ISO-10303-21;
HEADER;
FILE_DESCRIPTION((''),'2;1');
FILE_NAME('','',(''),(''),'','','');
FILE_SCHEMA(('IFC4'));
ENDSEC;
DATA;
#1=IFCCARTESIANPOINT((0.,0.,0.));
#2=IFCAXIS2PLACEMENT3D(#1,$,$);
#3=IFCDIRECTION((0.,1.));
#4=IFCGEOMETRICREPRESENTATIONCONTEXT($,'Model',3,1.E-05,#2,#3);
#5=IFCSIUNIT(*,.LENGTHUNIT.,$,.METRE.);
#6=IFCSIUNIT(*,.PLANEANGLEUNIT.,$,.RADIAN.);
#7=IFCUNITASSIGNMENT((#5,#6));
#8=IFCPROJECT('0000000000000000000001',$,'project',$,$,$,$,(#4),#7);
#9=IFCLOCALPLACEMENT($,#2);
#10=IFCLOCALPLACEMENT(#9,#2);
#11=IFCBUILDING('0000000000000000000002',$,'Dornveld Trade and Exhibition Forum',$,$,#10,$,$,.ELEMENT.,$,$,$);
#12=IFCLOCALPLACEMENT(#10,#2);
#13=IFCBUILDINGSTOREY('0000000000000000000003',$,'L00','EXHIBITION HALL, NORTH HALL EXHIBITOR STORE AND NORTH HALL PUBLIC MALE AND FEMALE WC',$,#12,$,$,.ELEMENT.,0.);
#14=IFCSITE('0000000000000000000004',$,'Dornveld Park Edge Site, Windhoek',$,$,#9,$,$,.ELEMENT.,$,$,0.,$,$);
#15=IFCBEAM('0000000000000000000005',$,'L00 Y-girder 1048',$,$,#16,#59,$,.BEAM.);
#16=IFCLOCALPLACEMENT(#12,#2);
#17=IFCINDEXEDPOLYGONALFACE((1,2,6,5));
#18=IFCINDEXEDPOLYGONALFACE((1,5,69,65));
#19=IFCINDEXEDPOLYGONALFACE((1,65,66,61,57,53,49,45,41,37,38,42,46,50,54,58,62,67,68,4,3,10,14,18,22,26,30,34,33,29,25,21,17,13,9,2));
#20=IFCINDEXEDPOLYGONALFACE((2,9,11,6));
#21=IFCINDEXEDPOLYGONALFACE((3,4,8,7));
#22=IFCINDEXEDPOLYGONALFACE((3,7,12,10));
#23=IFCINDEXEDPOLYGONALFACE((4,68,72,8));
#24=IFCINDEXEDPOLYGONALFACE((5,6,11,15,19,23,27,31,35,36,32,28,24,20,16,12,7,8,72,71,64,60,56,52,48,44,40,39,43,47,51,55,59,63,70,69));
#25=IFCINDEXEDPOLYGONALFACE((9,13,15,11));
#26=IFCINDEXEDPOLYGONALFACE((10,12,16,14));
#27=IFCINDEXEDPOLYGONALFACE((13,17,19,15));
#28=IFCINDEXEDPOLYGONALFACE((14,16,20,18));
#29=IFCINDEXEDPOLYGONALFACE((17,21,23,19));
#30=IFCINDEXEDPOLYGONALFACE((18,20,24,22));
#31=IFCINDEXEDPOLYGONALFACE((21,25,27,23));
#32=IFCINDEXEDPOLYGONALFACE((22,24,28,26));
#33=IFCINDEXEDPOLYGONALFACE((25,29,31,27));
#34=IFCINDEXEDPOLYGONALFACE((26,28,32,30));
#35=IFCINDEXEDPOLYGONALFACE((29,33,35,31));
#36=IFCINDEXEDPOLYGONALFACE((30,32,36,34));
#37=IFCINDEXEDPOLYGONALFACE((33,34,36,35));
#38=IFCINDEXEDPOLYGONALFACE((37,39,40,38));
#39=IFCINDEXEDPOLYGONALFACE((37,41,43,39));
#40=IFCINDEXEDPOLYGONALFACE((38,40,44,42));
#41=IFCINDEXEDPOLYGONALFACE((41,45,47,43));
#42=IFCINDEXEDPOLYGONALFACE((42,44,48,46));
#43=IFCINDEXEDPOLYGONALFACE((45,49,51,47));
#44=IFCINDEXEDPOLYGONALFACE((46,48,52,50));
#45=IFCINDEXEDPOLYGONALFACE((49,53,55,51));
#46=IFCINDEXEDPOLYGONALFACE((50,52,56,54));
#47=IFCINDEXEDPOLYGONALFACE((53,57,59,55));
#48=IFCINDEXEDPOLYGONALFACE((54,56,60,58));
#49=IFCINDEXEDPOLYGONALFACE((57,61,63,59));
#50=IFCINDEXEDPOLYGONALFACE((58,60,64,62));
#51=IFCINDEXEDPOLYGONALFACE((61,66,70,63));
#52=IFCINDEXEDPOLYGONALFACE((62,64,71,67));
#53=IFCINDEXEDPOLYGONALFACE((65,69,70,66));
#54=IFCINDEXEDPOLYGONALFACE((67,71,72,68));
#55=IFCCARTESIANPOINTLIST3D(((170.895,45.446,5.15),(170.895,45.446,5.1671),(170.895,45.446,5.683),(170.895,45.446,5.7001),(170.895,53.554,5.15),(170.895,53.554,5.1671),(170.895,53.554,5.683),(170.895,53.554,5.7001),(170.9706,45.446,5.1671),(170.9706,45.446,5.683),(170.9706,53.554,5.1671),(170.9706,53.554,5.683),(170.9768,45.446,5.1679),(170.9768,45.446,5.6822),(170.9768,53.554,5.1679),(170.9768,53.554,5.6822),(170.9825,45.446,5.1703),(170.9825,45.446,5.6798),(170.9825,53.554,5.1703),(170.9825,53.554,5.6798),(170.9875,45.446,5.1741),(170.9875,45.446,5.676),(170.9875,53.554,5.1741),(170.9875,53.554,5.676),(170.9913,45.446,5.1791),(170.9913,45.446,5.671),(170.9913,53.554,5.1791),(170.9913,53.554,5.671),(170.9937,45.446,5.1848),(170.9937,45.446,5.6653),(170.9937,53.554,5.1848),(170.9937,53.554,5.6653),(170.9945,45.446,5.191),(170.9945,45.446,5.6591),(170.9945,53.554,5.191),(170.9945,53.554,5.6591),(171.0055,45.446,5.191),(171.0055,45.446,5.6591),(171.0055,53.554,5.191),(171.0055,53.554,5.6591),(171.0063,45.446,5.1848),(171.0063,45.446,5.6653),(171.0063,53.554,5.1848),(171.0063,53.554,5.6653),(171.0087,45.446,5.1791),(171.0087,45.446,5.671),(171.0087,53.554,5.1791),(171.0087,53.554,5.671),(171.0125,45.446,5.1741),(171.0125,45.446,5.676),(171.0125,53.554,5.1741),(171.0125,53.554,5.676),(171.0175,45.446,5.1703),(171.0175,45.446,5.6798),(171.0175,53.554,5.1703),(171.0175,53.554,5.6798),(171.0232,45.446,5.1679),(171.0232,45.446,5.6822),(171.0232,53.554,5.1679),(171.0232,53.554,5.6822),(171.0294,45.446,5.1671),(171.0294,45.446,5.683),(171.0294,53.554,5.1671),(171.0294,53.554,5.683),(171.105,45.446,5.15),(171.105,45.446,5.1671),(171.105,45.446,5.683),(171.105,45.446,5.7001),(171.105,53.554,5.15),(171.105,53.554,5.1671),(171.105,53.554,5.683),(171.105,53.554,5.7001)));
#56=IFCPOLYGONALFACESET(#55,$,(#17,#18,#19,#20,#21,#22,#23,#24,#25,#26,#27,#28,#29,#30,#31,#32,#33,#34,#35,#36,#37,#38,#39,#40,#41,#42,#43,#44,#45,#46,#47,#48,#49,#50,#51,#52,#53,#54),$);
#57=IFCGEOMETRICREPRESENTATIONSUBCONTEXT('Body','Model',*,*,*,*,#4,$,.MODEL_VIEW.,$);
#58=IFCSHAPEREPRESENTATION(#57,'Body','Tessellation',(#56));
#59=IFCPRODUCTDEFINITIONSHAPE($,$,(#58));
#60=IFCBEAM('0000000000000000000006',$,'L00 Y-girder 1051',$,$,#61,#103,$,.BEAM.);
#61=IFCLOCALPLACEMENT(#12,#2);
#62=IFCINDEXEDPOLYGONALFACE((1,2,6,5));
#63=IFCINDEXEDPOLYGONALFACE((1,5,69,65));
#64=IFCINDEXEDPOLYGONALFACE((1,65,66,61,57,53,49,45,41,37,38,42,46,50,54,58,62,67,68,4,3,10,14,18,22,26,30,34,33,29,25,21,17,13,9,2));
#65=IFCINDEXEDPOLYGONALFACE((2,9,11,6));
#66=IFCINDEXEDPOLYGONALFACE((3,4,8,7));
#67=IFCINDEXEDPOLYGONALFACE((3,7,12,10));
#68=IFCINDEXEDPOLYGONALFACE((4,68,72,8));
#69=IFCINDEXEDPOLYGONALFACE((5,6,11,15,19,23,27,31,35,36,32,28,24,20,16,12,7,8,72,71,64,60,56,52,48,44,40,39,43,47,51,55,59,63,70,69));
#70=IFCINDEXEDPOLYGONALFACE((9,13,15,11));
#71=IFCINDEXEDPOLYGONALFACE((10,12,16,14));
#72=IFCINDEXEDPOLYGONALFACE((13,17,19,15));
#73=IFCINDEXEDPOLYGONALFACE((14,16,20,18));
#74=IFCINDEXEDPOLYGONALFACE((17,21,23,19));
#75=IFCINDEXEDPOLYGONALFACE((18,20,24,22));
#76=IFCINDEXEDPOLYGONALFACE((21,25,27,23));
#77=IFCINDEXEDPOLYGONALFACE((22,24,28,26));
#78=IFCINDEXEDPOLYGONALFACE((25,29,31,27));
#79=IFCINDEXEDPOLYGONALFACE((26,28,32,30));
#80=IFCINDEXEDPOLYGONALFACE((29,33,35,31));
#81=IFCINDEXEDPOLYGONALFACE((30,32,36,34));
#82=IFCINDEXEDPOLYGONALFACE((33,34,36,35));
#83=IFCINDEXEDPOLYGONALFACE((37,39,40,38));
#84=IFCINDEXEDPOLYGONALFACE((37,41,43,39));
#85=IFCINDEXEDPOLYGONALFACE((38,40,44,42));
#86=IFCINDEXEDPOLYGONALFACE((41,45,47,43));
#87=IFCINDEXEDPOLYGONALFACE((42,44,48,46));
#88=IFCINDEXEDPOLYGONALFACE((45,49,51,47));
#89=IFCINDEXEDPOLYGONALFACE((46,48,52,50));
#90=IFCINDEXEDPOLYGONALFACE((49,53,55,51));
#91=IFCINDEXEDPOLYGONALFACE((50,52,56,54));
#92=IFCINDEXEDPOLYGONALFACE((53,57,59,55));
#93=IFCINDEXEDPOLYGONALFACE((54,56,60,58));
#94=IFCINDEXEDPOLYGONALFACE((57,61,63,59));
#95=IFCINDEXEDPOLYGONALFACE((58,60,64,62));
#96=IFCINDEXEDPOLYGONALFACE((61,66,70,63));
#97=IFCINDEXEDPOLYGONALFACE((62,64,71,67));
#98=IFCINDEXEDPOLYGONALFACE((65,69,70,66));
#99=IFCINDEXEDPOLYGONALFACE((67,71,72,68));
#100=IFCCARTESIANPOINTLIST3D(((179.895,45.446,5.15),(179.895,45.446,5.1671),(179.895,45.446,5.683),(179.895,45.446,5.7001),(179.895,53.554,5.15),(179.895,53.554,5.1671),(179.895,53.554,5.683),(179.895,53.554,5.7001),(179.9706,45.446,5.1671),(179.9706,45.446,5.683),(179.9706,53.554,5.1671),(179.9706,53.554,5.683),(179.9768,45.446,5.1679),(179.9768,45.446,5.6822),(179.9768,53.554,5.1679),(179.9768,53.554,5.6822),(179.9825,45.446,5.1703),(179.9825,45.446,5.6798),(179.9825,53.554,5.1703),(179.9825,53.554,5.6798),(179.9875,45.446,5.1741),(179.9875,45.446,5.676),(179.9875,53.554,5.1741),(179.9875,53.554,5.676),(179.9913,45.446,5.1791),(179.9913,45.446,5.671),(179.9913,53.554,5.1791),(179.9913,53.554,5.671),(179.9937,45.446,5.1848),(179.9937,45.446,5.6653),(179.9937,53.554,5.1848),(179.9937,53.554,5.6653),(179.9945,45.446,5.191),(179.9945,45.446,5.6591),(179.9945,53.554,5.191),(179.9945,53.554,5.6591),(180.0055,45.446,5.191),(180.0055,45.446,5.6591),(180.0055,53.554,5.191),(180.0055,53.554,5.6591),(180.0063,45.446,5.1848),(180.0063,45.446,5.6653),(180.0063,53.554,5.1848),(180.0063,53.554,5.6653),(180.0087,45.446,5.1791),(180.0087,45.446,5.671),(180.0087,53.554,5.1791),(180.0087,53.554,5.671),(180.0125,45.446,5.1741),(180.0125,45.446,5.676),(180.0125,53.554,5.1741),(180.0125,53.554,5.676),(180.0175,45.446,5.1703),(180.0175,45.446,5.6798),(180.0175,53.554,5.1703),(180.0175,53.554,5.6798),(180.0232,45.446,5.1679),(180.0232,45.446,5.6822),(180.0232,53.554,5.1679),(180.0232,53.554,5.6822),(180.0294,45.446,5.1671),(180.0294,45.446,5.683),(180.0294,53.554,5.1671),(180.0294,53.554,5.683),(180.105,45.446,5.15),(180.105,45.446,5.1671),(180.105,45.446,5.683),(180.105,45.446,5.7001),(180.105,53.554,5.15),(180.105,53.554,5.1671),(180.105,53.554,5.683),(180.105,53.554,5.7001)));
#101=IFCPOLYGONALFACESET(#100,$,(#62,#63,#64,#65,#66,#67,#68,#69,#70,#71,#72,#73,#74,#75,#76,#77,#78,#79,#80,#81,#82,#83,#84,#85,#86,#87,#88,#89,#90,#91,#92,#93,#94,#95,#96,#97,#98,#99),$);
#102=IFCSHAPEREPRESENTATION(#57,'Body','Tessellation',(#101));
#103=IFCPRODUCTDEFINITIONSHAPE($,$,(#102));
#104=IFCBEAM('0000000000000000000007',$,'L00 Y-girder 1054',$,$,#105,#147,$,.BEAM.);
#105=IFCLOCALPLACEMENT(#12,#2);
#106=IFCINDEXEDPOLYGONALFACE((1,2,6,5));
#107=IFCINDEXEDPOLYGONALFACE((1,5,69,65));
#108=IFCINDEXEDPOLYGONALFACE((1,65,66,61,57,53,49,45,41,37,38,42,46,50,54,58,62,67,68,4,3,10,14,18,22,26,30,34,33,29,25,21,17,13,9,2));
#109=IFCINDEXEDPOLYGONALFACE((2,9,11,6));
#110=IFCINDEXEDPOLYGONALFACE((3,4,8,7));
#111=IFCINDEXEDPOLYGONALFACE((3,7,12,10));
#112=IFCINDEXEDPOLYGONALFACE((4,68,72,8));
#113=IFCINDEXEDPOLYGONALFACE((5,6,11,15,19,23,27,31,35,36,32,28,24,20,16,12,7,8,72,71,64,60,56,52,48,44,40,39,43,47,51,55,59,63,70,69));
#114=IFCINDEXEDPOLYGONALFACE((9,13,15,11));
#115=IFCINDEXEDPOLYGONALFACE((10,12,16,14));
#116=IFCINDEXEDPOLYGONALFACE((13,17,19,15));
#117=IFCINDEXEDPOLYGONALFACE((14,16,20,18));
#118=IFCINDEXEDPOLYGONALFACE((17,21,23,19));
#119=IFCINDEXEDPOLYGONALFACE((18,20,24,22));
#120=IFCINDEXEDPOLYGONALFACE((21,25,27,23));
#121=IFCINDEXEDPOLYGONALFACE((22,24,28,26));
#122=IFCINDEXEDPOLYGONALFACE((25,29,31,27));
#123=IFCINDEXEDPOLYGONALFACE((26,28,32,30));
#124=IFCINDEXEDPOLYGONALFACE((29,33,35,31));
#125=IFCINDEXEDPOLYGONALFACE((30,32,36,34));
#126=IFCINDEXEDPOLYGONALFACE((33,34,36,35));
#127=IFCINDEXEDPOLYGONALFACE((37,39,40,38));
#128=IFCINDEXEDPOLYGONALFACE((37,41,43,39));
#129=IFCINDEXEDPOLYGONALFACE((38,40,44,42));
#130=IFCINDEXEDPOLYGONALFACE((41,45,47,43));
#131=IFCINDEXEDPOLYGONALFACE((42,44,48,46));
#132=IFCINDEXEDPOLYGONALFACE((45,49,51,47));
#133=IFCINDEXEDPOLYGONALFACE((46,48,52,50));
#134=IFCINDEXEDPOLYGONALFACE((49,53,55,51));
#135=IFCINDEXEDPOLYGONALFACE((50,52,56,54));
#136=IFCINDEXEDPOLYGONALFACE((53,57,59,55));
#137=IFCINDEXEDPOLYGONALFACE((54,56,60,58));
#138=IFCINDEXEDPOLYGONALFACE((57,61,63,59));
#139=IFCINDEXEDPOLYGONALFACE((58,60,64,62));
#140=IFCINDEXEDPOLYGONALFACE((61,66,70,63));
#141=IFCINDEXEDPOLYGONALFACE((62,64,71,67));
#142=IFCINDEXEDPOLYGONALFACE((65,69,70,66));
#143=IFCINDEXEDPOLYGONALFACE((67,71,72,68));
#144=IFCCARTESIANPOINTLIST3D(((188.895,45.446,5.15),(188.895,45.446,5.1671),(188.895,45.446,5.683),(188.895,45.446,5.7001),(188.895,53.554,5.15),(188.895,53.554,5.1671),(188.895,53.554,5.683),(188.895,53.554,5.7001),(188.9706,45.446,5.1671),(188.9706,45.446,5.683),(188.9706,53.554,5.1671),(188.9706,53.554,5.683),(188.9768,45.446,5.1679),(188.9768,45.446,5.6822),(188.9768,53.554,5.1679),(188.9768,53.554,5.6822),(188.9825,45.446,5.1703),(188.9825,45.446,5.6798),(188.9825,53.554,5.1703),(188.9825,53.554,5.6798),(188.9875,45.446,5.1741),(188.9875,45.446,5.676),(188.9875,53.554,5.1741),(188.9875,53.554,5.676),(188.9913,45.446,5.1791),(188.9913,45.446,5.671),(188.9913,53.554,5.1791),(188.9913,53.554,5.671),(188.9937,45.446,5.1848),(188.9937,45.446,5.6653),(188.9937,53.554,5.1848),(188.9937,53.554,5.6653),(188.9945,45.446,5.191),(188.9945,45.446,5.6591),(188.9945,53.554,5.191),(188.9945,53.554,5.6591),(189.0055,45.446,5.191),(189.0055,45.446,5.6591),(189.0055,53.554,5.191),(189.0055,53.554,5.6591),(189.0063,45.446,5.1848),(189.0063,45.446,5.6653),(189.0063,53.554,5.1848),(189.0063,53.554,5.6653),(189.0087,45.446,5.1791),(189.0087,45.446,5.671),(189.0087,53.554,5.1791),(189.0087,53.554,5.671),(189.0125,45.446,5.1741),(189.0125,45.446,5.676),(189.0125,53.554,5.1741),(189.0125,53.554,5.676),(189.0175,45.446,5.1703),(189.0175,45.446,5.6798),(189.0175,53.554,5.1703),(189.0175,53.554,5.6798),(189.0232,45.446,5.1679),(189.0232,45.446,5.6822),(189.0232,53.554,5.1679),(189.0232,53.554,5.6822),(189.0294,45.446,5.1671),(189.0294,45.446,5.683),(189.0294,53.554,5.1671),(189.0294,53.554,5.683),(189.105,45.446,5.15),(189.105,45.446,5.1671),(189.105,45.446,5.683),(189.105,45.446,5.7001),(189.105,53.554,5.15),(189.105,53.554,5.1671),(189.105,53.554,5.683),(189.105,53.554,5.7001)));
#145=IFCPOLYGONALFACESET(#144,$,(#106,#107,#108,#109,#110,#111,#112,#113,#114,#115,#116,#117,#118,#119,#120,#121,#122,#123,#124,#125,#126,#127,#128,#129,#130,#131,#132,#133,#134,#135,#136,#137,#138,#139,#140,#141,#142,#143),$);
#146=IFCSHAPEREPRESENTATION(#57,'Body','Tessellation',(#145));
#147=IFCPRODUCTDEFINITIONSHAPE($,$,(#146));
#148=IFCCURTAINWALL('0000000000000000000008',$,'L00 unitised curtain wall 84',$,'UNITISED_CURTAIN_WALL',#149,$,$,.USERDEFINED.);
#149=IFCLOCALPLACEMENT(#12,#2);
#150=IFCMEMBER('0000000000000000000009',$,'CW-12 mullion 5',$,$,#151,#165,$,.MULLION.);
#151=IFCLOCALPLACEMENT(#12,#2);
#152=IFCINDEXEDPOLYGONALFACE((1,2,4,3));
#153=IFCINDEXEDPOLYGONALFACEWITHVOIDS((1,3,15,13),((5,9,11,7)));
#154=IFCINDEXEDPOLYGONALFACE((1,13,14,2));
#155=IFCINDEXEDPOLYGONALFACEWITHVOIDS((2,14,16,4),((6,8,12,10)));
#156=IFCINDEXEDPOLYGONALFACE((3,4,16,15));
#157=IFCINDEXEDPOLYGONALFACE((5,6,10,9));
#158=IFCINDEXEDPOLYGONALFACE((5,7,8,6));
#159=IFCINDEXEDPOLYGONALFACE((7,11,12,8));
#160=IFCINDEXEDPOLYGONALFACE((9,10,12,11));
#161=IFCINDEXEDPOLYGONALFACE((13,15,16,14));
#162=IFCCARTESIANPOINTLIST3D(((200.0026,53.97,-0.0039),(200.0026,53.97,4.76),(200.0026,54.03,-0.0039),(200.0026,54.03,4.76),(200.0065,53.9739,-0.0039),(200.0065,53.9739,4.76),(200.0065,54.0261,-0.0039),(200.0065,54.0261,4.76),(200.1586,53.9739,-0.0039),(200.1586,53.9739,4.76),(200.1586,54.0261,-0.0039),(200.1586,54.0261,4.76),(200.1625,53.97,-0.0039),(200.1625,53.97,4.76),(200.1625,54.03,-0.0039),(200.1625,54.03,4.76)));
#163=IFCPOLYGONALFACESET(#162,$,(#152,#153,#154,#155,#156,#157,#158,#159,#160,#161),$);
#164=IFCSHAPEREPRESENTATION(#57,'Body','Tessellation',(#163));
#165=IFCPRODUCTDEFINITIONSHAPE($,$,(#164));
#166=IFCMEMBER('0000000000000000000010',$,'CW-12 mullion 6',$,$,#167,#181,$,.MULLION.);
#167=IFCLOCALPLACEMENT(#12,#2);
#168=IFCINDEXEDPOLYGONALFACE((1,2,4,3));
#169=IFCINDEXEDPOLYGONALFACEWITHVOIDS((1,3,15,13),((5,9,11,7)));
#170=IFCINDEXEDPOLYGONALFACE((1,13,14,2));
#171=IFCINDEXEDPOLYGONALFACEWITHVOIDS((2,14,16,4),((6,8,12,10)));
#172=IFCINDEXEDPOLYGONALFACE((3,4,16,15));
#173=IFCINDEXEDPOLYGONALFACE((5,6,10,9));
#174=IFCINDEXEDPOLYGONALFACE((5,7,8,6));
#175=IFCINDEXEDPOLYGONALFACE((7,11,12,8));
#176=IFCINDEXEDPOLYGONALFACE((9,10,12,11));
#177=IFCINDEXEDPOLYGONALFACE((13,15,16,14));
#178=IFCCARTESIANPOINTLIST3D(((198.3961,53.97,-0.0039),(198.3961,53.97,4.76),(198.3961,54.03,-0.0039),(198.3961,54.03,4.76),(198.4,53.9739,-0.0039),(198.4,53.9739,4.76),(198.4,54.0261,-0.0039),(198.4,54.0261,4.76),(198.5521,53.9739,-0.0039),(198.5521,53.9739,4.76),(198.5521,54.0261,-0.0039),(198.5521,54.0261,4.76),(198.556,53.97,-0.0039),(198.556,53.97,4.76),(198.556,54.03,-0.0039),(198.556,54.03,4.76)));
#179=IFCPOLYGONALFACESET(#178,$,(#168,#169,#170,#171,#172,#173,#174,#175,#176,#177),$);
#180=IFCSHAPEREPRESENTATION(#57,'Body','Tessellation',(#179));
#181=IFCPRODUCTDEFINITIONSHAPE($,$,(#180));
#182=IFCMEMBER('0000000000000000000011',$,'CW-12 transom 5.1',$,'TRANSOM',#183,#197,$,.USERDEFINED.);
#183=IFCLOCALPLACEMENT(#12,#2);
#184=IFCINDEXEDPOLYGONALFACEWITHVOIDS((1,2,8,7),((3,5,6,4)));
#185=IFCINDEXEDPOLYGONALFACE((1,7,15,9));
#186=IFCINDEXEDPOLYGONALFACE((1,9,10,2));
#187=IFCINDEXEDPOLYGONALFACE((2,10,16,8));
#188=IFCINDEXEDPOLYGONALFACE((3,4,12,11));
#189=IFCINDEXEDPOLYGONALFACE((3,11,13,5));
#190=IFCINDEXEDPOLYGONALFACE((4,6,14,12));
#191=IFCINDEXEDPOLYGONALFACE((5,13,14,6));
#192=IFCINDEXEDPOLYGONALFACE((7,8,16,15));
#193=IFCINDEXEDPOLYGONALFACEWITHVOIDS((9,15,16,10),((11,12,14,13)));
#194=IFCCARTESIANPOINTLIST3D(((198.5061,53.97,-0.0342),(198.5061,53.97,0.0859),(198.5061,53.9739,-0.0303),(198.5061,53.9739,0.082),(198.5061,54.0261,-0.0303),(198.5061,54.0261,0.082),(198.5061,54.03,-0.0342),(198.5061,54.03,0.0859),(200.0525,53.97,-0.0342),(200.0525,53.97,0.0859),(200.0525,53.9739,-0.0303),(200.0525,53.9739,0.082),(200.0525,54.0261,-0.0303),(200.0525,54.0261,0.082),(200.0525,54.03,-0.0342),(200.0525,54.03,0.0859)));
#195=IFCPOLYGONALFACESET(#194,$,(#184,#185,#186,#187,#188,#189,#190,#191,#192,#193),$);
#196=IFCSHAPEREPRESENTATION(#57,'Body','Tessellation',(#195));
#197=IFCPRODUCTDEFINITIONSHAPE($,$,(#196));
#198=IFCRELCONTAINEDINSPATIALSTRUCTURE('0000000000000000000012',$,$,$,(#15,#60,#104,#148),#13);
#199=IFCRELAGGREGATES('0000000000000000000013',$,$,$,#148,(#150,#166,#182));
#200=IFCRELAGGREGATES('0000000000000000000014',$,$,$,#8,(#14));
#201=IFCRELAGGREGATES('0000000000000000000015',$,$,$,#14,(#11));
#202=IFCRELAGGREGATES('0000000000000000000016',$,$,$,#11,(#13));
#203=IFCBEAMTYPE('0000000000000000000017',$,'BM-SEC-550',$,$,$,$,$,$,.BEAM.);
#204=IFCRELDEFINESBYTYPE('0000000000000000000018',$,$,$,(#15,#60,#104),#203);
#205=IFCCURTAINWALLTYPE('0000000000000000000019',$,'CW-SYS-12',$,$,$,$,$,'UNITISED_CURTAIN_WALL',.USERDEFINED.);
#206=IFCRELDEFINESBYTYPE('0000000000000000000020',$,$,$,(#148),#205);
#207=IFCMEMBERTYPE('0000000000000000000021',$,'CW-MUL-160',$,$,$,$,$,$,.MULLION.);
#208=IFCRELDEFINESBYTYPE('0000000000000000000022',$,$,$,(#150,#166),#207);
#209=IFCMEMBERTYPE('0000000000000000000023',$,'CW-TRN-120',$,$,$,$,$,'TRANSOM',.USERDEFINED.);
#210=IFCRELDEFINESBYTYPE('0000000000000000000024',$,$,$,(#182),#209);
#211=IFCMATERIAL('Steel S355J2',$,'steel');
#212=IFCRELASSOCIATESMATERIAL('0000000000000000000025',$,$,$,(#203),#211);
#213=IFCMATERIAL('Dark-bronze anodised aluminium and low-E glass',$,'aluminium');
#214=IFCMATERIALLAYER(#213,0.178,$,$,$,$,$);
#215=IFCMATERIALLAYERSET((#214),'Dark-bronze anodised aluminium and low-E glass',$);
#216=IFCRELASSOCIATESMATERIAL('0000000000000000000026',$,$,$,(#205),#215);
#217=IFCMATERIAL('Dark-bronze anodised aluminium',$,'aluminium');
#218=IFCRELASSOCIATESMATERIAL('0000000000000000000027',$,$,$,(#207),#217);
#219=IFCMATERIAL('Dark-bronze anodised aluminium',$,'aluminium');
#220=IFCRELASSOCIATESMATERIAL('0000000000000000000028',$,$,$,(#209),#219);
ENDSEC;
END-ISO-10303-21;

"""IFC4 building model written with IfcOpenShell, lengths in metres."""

from ifc_helpers import new_model, si_unit, direction, frame, origin, origin_2d, place, context, subcontext, project, spatial, hollow_rectangle, i_section, extrude, material, layer, layer_set, material_profile, profile_set, type_object, element, aggregate, save


model = new_model("IFC4")

# Units and contexts
model_context = context("Model", 3, precision=1e-05, world=origin(), true_north=direction((0.0, 1.0)))
body_context = subcontext(model_context, "Body", "Model", "MODEL_VIEW")
ifc_project = project(units=[si_unit("LENGTHUNIT", "METRE"), si_unit("PLANEANGLEUNIT", "RADIAN")], contexts=[model_context])

# Site, building, storey
site_placement = place(None, origin())
site = spatial("IfcSite", under=ifc_project, at=site_placement, Name="Dornveld Park Edge Site, Windhoek", CompositionType="ELEMENT", RefElevation=0.0)
building_placement = place(site_placement, origin())
building = spatial("IfcBuilding", under=site, at=building_placement, Name="Dornveld Trade and Exhibition Forum", CompositionType="ELEMENT")
storey_placement = place(building_placement, origin())
storey = spatial("IfcBuildingStorey", under=building, at=storey_placement, Name="L00", Description="EXHIBITION HALL, NORTH HALL EXHIBITOR STORE AND NORTH HALL PUBLIC MALE AND FEMALE WC", CompositionType="ELEMENT", Elevation=0.0)

# Beams
ifc_material_1 = material(Name="Steel S355J2", Category="steel")
ifc_material_profile_1 = material_profile(ifc_material_1, i_section(OverallWidth=0.21, OverallDepth=0.55, WebThickness=0.011, FlangeThickness=0.0171, FilletRadius=0.0239, at=origin_2d()), Name="IPE 550")
ifc_profile_set_1 = profile_set([ifc_material_profile_1], Name="Steel S355J2")
beam_type_1 = type_object("IfcBeamType", Name="BM-SEC-550", PredefinedType="BEAM", material=ifc_profile_set_1)
for number, where, z_axis, x_axis, name in (
    (1, (171.0, 45.446, 5.425), (0.0, 1.0, 0.0), (-1.0, 0.0, 0.0), "L00 Y-girder 1048"),
    (2, (180.0, 45.446, 5.425), (0.0, 1.0, 0.0), (-1.0, 0.0, 0.0), "L00 Y-girder 1051"),
    (3, (189.0, 45.446, 5.425), (0.0, 1.0, 0.0), (-1.0, 0.0, 0.0), "L00 Y-girder 1054"),
):
    element("IfcBeam", number, at=place(storey_placement, frame(where, z_axis=z_axis, x_axis=x_axis)), inside=storey, type_object=beam_type_1, Name=name, PredefinedType="BEAM", context=body_context, shape_type="SweptSolid", body=[
        extrude(i_section(OverallWidth=0.21, OverallDepth=0.55, WebThickness=0.011, FlangeThickness=0.0171, FilletRadius=0.0239, at=origin_2d()), origin(), (0.0, 0.0, 1.0), 8.1079),
    ])

# Curtain wall, members
ifc_material_2 = material(Name="Dark-bronze anodised aluminium and low-E glass", Category="aluminium")
ifc_layer_1 = layer(ifc_material_2, 0.178)
ifc_layer_set_1 = layer_set([ifc_layer_1], Name="Dark-bronze anodised aluminium and low-E glass")
curtain_wall_type = type_object("IfcCurtainWallType", Name="CW-SYS-12", ElementType="UNITISED_CURTAIN_WALL", PredefinedType="USERDEFINED", material=ifc_layer_set_1)
curtain_wall_placement = place(storey_placement, origin())
curtain_wall = element("IfcCurtainWall", 4, at=curtain_wall_placement, inside=storey, type_object=curtain_wall_type, Name="L00 unitised curtain wall 84", ObjectType="UNITISED_CURTAIN_WALL", PredefinedType="USERDEFINED")
ifc_material_3 = material(Name="Dark-bronze anodised aluminium", Category="aluminium")
ifc_material_profile_2 = material_profile(ifc_material_3, hollow_rectangle(XDim=0.0601, YDim=0.1599, WallThickness=0.0039, at=origin_2d()), Name="RHS 160x60x4")
ifc_profile_set_2 = profile_set([ifc_material_profile_2], Name="Dark-bronze anodised aluminium")
member_type_1 = type_object("IfcMemberType", Name="CW-MUL-160", PredefinedType="MULLION", material=ifc_profile_set_2)
member_1_placement = place(storey_placement, frame((200.0825, 54.0, -0.0039), z_axis=(0.0, 0.0, 1.0), x_axis=(0.0, -1.0, 0.0)))
member_1 = element("IfcMember", 5, at=member_1_placement, type_object=member_type_1, Name="CW-12 mullion 5", PredefinedType="MULLION", context=body_context, shape_type="SweptSolid", body=[
    extrude(hollow_rectangle(XDim=0.0601, YDim=0.1599, WallThickness=0.0039, at=origin_2d()), origin(), (0.0, 0.0, 1.0), 4.7639),
])
member_2_placement = place(storey_placement, frame((198.4761, 54.0, -0.0039), z_axis=(0.0, 0.0, 1.0), x_axis=(0.0, -1.0, 0.0)))
member_2 = element("IfcMember", 6, at=member_2_placement, type_object=member_type_1, Name="CW-12 mullion 6", PredefinedType="MULLION", context=body_context, shape_type="SweptSolid", body=[
    extrude(hollow_rectangle(XDim=0.0601, YDim=0.1599, WallThickness=0.0039, at=origin_2d()), origin(), (0.0, 0.0, 1.0), 4.7639),
])
ifc_material_4 = material(Name="Dark-bronze anodised aluminium", Category="aluminium")
ifc_material_profile_3 = material_profile(ifc_material_4, hollow_rectangle(XDim=0.0601, YDim=0.1201, WallThickness=0.0039, at=origin_2d()), Name="RHS 120x60x4")
ifc_profile_set_3 = profile_set([ifc_material_profile_3], Name="Dark-bronze anodised aluminium")
member_type_2 = type_object("IfcMemberType", Name="CW-TRN-120", ElementType="TRANSOM", PredefinedType="USERDEFINED", material=ifc_profile_set_3)
member_3_placement = place(storey_placement, frame((200.0525, 54.0, 0.0259), z_axis=(-1.0, 0.0, 0.0), x_axis=(0.0, -1.0, 0.0)))
member_3 = element("IfcMember", 7, at=member_3_placement, type_object=member_type_2, Name="CW-12 transom 5.1", ObjectType="TRANSOM", PredefinedType="USERDEFINED", context=body_context, shape_type="SweptSolid", body=[
    extrude(hollow_rectangle(XDim=0.0601, YDim=0.1201, WallThickness=0.0039, at=origin_2d()), origin(), (0.0, 0.0, 1.0), 1.5464),
])
aggregate(curtain_wall, [member_1, member_2, member_3])

save(model, "model.ifc")
